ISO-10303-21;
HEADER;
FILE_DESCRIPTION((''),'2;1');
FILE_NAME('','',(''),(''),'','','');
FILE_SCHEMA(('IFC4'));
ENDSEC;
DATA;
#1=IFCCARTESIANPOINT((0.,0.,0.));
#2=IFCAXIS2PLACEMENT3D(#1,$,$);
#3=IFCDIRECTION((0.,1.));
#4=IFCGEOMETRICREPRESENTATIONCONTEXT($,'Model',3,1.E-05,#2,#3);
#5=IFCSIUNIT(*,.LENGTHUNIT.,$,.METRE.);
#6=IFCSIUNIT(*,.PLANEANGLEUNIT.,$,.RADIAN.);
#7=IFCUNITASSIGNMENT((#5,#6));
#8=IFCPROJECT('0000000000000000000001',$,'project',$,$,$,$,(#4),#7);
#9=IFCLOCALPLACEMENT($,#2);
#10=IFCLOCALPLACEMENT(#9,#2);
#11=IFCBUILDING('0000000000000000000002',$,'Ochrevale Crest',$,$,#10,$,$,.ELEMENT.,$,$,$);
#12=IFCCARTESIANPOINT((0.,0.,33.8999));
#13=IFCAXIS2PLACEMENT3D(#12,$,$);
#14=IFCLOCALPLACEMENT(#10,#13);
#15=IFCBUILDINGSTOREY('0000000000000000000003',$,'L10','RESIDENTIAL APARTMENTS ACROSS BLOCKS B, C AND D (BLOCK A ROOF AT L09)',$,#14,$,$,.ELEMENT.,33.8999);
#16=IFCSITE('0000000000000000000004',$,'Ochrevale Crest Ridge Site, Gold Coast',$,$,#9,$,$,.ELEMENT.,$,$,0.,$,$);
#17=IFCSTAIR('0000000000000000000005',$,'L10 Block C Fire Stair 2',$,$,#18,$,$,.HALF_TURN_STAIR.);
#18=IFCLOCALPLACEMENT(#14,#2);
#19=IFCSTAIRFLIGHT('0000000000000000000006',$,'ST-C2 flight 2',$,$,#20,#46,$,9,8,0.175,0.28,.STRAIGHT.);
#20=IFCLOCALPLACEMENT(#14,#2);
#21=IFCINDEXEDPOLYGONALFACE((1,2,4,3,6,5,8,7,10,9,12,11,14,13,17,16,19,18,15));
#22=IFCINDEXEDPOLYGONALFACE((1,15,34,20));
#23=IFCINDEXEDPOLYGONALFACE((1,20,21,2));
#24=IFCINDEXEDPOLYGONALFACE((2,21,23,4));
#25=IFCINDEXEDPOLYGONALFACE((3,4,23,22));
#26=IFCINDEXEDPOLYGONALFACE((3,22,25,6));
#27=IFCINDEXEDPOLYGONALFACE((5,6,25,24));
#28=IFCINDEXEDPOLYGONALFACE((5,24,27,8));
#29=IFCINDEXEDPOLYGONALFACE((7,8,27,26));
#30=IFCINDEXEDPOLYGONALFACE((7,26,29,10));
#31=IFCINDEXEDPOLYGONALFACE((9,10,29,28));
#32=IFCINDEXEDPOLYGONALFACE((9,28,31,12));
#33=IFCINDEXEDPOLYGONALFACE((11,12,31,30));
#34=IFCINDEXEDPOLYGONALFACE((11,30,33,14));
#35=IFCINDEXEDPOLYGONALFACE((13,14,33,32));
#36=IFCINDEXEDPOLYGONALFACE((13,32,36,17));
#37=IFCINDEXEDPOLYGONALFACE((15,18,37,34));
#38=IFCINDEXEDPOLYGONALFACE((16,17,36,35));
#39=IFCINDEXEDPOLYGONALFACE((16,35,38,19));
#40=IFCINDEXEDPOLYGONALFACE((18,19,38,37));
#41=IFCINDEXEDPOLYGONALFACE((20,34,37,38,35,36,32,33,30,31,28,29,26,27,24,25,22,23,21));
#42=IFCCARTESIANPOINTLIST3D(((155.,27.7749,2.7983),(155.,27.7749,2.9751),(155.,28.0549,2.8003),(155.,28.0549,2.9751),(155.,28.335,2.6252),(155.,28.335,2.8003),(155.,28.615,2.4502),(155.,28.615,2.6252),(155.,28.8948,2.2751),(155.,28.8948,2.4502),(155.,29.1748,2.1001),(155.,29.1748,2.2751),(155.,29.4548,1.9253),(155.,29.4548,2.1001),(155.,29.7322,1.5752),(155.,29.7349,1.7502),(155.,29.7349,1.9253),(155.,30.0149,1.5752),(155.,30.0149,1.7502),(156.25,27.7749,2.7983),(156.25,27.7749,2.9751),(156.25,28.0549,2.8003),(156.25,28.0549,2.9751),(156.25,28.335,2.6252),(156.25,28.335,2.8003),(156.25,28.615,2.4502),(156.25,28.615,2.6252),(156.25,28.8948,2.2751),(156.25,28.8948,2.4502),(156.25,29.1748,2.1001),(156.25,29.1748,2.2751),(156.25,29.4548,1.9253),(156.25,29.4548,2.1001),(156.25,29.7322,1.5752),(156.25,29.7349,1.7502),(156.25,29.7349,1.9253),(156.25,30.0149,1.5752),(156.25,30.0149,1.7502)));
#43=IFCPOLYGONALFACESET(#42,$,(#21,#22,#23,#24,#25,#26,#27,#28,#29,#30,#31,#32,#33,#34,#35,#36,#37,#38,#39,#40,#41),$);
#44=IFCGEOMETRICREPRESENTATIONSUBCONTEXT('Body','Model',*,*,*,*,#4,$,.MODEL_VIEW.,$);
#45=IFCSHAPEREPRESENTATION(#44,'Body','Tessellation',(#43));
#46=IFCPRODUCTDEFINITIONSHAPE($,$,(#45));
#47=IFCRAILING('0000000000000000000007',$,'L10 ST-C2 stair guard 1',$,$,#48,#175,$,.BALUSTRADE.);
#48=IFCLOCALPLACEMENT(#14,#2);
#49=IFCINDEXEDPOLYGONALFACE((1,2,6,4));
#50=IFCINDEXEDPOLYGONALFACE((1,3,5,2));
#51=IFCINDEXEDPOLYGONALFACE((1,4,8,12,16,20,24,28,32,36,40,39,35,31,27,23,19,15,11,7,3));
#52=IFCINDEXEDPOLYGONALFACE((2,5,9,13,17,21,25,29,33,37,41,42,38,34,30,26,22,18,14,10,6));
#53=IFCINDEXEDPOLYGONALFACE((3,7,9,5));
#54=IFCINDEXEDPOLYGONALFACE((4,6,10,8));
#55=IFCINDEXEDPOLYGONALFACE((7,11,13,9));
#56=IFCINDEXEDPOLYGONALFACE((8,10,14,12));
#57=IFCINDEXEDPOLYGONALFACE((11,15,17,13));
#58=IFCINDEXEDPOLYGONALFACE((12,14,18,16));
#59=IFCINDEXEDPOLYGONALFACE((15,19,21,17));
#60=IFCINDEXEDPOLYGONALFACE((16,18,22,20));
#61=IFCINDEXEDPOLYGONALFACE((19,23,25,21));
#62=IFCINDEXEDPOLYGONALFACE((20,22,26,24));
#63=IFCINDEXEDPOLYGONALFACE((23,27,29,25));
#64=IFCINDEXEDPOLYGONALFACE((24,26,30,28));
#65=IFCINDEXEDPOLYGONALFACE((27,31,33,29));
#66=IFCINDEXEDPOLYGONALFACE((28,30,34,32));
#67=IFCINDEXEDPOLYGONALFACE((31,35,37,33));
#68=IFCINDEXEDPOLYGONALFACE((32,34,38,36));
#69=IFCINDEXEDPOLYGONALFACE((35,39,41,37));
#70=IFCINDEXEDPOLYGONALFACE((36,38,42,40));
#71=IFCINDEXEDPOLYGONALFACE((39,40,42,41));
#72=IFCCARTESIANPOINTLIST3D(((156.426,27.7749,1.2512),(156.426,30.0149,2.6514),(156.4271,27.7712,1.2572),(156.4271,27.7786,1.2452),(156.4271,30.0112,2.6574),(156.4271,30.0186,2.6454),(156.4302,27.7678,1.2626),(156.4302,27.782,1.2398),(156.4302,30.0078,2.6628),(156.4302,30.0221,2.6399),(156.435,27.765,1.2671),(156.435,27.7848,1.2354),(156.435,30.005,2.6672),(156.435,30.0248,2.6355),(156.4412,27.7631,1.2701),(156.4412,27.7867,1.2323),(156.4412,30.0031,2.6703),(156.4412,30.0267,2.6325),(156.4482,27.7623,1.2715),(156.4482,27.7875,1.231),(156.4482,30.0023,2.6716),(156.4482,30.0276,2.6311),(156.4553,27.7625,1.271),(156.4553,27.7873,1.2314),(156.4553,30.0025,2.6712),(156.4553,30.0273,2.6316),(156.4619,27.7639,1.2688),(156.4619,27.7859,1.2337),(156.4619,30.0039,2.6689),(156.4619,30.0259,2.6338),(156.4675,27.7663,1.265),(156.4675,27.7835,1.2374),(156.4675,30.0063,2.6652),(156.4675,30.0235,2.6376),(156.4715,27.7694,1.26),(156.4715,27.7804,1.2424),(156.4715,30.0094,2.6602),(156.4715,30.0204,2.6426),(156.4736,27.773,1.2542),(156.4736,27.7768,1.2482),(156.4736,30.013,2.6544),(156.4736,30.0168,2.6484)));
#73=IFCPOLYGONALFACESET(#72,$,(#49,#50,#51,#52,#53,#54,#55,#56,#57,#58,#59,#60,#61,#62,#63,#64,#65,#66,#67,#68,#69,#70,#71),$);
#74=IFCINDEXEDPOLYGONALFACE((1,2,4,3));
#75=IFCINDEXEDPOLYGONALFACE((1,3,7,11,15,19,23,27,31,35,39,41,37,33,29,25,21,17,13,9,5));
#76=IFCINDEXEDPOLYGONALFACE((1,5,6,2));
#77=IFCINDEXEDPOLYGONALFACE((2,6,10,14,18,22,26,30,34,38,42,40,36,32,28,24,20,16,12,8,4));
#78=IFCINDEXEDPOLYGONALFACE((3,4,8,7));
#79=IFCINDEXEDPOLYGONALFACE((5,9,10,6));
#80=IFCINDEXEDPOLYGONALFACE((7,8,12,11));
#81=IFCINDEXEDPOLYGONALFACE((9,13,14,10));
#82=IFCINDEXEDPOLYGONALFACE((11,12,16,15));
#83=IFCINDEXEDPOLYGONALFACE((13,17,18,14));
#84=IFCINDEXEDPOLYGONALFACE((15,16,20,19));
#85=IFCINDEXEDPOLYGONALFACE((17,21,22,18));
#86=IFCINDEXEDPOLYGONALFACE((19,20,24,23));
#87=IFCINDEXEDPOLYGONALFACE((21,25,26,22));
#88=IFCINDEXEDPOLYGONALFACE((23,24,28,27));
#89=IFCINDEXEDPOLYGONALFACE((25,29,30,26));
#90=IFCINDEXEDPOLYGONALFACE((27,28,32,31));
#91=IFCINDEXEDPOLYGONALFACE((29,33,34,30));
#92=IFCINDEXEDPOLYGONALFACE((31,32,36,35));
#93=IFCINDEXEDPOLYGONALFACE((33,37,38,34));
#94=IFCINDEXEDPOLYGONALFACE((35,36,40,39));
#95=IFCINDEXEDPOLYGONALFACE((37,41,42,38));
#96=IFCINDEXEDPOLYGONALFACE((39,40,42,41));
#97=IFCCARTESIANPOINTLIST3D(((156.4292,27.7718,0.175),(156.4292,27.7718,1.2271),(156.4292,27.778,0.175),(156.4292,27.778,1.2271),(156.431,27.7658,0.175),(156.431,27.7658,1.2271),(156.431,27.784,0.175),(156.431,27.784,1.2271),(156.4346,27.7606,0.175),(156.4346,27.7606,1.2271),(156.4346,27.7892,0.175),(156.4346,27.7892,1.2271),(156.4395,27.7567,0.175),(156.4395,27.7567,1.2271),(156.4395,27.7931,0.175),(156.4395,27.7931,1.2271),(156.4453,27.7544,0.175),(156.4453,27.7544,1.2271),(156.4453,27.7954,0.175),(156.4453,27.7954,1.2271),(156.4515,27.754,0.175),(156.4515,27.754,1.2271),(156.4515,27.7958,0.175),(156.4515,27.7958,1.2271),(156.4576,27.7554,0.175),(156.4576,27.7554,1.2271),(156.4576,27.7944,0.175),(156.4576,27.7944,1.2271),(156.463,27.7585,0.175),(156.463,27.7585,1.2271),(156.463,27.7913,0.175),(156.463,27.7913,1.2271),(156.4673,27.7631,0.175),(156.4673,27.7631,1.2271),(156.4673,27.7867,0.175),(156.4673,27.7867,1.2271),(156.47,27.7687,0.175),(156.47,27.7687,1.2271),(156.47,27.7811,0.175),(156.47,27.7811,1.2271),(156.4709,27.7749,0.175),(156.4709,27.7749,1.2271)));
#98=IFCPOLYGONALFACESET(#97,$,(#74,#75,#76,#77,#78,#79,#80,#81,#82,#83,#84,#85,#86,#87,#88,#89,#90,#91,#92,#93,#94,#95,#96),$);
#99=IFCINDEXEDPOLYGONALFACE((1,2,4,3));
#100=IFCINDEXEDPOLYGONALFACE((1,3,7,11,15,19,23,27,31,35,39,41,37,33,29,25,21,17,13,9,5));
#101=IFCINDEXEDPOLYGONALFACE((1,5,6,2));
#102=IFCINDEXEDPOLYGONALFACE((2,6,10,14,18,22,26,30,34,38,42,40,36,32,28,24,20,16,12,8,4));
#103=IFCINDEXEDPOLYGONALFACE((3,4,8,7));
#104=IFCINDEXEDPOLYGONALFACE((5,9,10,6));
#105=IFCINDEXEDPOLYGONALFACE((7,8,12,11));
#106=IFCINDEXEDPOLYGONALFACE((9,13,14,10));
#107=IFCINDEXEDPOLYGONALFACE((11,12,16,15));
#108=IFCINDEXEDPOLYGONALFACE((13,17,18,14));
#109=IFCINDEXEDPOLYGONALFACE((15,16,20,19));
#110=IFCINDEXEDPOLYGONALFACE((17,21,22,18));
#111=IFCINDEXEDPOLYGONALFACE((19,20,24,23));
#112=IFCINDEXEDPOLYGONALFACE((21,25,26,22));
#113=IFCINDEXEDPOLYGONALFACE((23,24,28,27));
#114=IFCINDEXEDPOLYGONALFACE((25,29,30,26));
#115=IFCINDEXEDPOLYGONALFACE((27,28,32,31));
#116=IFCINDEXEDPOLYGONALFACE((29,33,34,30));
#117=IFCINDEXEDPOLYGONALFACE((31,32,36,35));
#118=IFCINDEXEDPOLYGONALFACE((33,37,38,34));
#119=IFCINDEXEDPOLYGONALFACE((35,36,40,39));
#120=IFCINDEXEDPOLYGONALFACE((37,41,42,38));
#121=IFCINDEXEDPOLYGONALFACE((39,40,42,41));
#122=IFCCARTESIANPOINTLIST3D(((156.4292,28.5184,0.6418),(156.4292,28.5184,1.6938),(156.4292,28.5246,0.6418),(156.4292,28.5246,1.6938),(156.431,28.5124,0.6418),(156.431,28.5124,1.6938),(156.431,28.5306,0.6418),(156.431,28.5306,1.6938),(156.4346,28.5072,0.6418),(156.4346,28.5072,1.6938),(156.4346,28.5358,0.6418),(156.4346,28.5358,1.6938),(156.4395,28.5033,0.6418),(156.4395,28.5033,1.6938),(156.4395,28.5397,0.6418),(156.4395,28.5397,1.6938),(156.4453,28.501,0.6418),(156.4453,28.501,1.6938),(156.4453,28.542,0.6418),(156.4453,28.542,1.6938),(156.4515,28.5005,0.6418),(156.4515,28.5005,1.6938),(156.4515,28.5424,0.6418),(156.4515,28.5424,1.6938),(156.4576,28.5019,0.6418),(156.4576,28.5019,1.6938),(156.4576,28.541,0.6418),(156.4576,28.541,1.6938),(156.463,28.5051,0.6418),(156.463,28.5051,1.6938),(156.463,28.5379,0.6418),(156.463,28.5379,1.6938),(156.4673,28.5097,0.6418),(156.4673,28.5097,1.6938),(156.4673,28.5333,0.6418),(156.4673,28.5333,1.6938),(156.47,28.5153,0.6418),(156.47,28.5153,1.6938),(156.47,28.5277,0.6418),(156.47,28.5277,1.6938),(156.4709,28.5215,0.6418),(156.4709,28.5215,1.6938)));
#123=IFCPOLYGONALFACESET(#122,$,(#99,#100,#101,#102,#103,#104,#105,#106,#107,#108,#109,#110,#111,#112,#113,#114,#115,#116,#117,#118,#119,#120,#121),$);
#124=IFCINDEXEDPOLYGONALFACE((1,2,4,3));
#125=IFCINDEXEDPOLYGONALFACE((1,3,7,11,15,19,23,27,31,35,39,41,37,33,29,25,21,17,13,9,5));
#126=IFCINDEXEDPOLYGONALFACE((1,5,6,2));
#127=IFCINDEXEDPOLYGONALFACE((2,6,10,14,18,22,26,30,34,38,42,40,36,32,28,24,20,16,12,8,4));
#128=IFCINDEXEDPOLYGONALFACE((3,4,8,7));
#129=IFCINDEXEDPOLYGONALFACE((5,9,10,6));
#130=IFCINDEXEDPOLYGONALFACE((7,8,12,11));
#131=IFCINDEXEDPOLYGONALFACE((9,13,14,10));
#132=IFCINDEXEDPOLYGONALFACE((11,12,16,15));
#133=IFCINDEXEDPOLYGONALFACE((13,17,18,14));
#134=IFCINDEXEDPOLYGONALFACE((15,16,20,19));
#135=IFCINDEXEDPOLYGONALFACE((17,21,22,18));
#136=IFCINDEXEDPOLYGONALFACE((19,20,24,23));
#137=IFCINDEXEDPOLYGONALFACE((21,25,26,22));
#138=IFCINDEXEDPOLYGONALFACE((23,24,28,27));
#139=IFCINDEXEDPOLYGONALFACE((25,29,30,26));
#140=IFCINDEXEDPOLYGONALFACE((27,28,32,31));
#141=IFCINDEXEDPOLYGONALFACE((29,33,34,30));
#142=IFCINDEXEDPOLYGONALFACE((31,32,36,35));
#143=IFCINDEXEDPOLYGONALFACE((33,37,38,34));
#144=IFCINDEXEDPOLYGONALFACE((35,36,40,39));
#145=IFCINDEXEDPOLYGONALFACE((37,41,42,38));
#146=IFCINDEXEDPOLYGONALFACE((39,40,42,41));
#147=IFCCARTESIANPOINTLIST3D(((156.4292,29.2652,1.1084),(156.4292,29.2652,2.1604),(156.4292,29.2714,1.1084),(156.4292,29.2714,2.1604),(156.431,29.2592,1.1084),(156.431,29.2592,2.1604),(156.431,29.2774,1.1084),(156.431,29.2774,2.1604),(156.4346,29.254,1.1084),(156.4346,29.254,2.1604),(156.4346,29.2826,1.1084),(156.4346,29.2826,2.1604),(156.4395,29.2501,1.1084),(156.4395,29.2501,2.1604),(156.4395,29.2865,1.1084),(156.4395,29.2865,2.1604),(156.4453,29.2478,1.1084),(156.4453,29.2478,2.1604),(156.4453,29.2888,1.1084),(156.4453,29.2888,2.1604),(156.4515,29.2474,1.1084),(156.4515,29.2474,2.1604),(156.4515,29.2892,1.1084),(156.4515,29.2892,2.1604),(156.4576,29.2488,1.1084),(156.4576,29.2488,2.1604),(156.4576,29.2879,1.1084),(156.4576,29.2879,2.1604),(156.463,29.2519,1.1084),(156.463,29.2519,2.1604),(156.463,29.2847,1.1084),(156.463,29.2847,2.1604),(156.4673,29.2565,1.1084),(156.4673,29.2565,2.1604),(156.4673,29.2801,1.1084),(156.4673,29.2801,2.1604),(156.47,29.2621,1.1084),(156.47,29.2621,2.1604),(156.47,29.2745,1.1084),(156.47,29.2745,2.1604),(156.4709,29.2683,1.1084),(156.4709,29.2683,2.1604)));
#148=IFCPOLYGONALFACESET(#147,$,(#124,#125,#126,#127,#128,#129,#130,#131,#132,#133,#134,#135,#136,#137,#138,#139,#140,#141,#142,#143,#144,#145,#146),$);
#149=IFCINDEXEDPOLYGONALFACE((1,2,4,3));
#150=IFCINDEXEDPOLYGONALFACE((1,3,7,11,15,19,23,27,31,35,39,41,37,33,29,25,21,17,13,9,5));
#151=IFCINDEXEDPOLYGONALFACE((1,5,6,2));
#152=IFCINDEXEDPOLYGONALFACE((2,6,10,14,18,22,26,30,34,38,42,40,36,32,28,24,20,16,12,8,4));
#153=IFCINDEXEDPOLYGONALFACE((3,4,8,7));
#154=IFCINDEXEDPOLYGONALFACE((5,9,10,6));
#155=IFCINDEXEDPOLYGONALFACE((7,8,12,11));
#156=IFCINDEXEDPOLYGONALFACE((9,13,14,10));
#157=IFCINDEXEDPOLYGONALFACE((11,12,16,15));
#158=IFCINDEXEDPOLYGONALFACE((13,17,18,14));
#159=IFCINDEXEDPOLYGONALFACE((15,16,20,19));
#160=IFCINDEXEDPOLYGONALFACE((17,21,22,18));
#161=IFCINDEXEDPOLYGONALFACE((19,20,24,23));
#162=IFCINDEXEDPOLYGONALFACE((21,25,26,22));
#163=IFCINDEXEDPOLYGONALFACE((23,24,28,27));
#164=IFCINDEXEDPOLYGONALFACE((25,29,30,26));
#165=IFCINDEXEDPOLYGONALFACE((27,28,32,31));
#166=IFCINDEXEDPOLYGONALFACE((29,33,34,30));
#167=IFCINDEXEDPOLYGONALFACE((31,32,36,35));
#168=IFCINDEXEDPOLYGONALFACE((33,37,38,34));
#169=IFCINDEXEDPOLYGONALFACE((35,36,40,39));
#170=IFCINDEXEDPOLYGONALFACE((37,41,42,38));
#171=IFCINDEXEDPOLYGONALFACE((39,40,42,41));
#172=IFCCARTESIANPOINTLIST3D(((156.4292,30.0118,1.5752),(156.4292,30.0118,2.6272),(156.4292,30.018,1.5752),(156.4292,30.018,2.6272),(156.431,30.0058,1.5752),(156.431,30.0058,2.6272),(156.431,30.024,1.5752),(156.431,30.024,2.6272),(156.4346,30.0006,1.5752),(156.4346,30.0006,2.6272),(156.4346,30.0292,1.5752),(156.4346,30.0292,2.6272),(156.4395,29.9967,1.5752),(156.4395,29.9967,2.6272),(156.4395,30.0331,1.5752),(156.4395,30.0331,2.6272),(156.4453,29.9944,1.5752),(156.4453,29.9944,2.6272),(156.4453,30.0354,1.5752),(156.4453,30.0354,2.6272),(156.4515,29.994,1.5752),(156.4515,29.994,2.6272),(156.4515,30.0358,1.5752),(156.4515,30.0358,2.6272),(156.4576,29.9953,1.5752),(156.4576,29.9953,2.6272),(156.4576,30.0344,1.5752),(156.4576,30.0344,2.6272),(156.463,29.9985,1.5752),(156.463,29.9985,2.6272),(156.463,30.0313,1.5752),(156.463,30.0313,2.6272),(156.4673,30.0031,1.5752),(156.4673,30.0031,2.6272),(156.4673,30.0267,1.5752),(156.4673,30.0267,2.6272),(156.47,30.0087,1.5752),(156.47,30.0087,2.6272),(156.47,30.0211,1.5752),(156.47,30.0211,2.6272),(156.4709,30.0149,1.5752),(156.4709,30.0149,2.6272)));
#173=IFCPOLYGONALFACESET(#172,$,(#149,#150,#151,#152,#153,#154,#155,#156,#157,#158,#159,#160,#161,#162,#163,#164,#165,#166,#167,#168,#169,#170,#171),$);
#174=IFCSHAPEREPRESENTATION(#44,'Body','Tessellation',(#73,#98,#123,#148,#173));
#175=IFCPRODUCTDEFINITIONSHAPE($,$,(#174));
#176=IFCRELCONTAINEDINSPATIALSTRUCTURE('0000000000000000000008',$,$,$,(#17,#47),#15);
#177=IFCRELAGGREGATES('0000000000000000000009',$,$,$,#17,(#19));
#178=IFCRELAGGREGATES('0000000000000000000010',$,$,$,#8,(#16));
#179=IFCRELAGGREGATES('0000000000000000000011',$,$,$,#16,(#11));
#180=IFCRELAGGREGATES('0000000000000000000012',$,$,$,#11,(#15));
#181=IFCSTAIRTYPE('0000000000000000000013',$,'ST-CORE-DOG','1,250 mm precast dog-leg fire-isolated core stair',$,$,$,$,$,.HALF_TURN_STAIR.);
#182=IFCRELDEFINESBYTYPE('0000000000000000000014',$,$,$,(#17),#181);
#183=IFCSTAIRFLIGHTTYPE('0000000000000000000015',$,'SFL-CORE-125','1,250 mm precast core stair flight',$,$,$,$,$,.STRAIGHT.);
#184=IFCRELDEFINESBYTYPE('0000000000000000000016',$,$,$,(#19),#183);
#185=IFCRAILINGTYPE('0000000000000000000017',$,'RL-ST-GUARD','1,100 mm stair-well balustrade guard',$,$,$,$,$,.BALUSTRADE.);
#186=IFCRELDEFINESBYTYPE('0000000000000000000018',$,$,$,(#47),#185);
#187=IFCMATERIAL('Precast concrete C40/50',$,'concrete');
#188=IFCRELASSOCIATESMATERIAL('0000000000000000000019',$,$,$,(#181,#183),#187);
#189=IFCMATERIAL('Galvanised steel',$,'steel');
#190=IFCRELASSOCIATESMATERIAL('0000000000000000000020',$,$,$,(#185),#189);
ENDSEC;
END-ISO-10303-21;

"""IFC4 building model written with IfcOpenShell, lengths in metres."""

from ifc_helpers import new_model, si_unit, direction, frame, origin, origin_2d, place, context, subcontext, project, spatial, polyline, circle, outline, extrude, material, type_object, element, aggregate, save


model = new_model("IFC4")

# Units and contexts
model_context = context("Model", 3, precision=1e-05, world=origin(), true_north=direction((0.0, 1.0)))
body_context = subcontext(model_context, "Body", "Model", "MODEL_VIEW")
ifc_project = project(units=[si_unit("LENGTHUNIT", "METRE"), si_unit("PLANEANGLEUNIT", "RADIAN")], contexts=[model_context])

# Site, building, storey
site_placement = place(None, origin())
site = spatial("IfcSite", under=ifc_project, at=site_placement, Name="Ochrevale Crest Ridge Site, Gold Coast", CompositionType="ELEMENT", RefElevation=0.0)
building_placement = place(site_placement, origin())
building = spatial("IfcBuilding", under=site, at=building_placement, Name="Ochrevale Crest", CompositionType="ELEMENT")
storey_placement = place(building_placement, frame((0.0, 0.0, 33.8999)))
storey = spatial("IfcBuildingStorey", under=building, at=storey_placement, Name="L10", Description="RESIDENTIAL APARTMENTS ACROSS BLOCKS B, C AND D (BLOCK A ROOF AT L09)", CompositionType="ELEMENT", Elevation=33.8999)

# Shared definitions
ifc_material_1 = material(Name="Precast concrete C40/50", Category="concrete")

# Stair, stair flight
stair_type = type_object("IfcStairType", Name="ST-CORE-DOG", Description="1,250 mm precast dog-leg fire-isolated core stair", PredefinedType="HALF_TURN_STAIR", material=ifc_material_1)
stair_placement = place(storey_placement, origin())
stair = element("IfcStair", 1, at=stair_placement, inside=storey, type_object=stair_type, Name="L10 Block C Fire Stair 2", PredefinedType="HALF_TURN_STAIR")
stair_flight_type = type_object("IfcStairFlightType", Name="SFL-CORE-125", Description="1,250 mm precast core stair flight", PredefinedType="STRAIGHT", material=ifc_material_1)
stair_flight_1_placement = place(storey_placement, frame((155.625, 30.0149, 1.5752), z_axis=(0.0, 0.0, 1.0), x_axis=(0.0, -1.0, 0.0)))
stair_flight_1 = element("IfcStairFlight", 2, at=stair_flight_1_placement, type_object=stair_flight_type, Name="ST-C2 flight 2", NumberOfRisers=9, NumberOfTreads=8, PredefinedType="STRAIGHT", RiserHeight=0.175, TreadLength=0.28, context=body_context, shape_type="SweptSolid", body=[
    extrude(outline(polyline([(0.0, 0.0), (0.0, 0.175), (0.28, 0.175), (0.28, 0.3501), (0.5601, 0.3501), (0.5601, 0.5249), (0.8401, 0.5249), (0.8401, 0.7), (1.1201, 0.7), (1.1201, 0.875), (1.3999, 0.875), (1.3999, 1.05), (1.6799, 1.05), (1.6799, 1.2251), (1.96, 1.2251), (1.96, 1.3999), (2.24, 1.3999), (2.24, 1.575), (2.24, 1.2231), (0.2827, 0.0), (0.0, 0.0)])), frame((0.0, 0.625, 0.0), z_axis=(0.0, -1.0, 0.0), x_axis=(1.0, 0.0, 0.0)), (0.0, 0.0, 1.0), 1.25),
])
aggregate(stair, [stair_flight_1])

# Railing
ifc_material_2 = material(Name="Galvanised steel", Category="steel")
railing_type_1 = type_object("IfcRailingType", Name="RL-ST-GUARD", Description="1,100 mm stair-well balustrade guard", PredefinedType="BALUSTRADE", material=ifc_material_2)
railing_1_placement = place(storey_placement, frame((156.45, 27.7749, 0.175)))
element("IfcRailing", 3, at=railing_1_placement, inside=storey, type_object=railing_type_1, Name="L10 ST-C2 stair guard 1", PredefinedType="BALUSTRADE", context=body_context, shape_type="SweptSolid", body=[
    extrude(circle(Radius=0.0239, at=origin_2d()), frame((0.0, 0.0, 1.0762), z_axis=(0.0, 0.847972, 0.53004), x_axis=(-1.0, 0.0, 0.0)), (0.0, 0.0, 1.0), 2.6416),
    extrude(circle(Radius=0.021, at=origin_2d()), origin(), (0.0, 0.0, 1.0), 1.052),
    extrude(circle(Radius=0.021, at=origin_2d()), frame((0.0, 0.7466, 0.4668)), (0.0, 0.0, 1.0), 1.052),
    extrude(circle(Radius=0.021, at=origin_2d()), frame((0.0, 1.4934, 0.9333)), (0.0, 0.0, 1.0), 1.052),
    extrude(circle(Radius=0.021, at=origin_2d()), frame((0.0, 2.24, 1.4001)), (0.0, 0.0, 1.0), 1.052),
])

save(model, "model.ifc")
